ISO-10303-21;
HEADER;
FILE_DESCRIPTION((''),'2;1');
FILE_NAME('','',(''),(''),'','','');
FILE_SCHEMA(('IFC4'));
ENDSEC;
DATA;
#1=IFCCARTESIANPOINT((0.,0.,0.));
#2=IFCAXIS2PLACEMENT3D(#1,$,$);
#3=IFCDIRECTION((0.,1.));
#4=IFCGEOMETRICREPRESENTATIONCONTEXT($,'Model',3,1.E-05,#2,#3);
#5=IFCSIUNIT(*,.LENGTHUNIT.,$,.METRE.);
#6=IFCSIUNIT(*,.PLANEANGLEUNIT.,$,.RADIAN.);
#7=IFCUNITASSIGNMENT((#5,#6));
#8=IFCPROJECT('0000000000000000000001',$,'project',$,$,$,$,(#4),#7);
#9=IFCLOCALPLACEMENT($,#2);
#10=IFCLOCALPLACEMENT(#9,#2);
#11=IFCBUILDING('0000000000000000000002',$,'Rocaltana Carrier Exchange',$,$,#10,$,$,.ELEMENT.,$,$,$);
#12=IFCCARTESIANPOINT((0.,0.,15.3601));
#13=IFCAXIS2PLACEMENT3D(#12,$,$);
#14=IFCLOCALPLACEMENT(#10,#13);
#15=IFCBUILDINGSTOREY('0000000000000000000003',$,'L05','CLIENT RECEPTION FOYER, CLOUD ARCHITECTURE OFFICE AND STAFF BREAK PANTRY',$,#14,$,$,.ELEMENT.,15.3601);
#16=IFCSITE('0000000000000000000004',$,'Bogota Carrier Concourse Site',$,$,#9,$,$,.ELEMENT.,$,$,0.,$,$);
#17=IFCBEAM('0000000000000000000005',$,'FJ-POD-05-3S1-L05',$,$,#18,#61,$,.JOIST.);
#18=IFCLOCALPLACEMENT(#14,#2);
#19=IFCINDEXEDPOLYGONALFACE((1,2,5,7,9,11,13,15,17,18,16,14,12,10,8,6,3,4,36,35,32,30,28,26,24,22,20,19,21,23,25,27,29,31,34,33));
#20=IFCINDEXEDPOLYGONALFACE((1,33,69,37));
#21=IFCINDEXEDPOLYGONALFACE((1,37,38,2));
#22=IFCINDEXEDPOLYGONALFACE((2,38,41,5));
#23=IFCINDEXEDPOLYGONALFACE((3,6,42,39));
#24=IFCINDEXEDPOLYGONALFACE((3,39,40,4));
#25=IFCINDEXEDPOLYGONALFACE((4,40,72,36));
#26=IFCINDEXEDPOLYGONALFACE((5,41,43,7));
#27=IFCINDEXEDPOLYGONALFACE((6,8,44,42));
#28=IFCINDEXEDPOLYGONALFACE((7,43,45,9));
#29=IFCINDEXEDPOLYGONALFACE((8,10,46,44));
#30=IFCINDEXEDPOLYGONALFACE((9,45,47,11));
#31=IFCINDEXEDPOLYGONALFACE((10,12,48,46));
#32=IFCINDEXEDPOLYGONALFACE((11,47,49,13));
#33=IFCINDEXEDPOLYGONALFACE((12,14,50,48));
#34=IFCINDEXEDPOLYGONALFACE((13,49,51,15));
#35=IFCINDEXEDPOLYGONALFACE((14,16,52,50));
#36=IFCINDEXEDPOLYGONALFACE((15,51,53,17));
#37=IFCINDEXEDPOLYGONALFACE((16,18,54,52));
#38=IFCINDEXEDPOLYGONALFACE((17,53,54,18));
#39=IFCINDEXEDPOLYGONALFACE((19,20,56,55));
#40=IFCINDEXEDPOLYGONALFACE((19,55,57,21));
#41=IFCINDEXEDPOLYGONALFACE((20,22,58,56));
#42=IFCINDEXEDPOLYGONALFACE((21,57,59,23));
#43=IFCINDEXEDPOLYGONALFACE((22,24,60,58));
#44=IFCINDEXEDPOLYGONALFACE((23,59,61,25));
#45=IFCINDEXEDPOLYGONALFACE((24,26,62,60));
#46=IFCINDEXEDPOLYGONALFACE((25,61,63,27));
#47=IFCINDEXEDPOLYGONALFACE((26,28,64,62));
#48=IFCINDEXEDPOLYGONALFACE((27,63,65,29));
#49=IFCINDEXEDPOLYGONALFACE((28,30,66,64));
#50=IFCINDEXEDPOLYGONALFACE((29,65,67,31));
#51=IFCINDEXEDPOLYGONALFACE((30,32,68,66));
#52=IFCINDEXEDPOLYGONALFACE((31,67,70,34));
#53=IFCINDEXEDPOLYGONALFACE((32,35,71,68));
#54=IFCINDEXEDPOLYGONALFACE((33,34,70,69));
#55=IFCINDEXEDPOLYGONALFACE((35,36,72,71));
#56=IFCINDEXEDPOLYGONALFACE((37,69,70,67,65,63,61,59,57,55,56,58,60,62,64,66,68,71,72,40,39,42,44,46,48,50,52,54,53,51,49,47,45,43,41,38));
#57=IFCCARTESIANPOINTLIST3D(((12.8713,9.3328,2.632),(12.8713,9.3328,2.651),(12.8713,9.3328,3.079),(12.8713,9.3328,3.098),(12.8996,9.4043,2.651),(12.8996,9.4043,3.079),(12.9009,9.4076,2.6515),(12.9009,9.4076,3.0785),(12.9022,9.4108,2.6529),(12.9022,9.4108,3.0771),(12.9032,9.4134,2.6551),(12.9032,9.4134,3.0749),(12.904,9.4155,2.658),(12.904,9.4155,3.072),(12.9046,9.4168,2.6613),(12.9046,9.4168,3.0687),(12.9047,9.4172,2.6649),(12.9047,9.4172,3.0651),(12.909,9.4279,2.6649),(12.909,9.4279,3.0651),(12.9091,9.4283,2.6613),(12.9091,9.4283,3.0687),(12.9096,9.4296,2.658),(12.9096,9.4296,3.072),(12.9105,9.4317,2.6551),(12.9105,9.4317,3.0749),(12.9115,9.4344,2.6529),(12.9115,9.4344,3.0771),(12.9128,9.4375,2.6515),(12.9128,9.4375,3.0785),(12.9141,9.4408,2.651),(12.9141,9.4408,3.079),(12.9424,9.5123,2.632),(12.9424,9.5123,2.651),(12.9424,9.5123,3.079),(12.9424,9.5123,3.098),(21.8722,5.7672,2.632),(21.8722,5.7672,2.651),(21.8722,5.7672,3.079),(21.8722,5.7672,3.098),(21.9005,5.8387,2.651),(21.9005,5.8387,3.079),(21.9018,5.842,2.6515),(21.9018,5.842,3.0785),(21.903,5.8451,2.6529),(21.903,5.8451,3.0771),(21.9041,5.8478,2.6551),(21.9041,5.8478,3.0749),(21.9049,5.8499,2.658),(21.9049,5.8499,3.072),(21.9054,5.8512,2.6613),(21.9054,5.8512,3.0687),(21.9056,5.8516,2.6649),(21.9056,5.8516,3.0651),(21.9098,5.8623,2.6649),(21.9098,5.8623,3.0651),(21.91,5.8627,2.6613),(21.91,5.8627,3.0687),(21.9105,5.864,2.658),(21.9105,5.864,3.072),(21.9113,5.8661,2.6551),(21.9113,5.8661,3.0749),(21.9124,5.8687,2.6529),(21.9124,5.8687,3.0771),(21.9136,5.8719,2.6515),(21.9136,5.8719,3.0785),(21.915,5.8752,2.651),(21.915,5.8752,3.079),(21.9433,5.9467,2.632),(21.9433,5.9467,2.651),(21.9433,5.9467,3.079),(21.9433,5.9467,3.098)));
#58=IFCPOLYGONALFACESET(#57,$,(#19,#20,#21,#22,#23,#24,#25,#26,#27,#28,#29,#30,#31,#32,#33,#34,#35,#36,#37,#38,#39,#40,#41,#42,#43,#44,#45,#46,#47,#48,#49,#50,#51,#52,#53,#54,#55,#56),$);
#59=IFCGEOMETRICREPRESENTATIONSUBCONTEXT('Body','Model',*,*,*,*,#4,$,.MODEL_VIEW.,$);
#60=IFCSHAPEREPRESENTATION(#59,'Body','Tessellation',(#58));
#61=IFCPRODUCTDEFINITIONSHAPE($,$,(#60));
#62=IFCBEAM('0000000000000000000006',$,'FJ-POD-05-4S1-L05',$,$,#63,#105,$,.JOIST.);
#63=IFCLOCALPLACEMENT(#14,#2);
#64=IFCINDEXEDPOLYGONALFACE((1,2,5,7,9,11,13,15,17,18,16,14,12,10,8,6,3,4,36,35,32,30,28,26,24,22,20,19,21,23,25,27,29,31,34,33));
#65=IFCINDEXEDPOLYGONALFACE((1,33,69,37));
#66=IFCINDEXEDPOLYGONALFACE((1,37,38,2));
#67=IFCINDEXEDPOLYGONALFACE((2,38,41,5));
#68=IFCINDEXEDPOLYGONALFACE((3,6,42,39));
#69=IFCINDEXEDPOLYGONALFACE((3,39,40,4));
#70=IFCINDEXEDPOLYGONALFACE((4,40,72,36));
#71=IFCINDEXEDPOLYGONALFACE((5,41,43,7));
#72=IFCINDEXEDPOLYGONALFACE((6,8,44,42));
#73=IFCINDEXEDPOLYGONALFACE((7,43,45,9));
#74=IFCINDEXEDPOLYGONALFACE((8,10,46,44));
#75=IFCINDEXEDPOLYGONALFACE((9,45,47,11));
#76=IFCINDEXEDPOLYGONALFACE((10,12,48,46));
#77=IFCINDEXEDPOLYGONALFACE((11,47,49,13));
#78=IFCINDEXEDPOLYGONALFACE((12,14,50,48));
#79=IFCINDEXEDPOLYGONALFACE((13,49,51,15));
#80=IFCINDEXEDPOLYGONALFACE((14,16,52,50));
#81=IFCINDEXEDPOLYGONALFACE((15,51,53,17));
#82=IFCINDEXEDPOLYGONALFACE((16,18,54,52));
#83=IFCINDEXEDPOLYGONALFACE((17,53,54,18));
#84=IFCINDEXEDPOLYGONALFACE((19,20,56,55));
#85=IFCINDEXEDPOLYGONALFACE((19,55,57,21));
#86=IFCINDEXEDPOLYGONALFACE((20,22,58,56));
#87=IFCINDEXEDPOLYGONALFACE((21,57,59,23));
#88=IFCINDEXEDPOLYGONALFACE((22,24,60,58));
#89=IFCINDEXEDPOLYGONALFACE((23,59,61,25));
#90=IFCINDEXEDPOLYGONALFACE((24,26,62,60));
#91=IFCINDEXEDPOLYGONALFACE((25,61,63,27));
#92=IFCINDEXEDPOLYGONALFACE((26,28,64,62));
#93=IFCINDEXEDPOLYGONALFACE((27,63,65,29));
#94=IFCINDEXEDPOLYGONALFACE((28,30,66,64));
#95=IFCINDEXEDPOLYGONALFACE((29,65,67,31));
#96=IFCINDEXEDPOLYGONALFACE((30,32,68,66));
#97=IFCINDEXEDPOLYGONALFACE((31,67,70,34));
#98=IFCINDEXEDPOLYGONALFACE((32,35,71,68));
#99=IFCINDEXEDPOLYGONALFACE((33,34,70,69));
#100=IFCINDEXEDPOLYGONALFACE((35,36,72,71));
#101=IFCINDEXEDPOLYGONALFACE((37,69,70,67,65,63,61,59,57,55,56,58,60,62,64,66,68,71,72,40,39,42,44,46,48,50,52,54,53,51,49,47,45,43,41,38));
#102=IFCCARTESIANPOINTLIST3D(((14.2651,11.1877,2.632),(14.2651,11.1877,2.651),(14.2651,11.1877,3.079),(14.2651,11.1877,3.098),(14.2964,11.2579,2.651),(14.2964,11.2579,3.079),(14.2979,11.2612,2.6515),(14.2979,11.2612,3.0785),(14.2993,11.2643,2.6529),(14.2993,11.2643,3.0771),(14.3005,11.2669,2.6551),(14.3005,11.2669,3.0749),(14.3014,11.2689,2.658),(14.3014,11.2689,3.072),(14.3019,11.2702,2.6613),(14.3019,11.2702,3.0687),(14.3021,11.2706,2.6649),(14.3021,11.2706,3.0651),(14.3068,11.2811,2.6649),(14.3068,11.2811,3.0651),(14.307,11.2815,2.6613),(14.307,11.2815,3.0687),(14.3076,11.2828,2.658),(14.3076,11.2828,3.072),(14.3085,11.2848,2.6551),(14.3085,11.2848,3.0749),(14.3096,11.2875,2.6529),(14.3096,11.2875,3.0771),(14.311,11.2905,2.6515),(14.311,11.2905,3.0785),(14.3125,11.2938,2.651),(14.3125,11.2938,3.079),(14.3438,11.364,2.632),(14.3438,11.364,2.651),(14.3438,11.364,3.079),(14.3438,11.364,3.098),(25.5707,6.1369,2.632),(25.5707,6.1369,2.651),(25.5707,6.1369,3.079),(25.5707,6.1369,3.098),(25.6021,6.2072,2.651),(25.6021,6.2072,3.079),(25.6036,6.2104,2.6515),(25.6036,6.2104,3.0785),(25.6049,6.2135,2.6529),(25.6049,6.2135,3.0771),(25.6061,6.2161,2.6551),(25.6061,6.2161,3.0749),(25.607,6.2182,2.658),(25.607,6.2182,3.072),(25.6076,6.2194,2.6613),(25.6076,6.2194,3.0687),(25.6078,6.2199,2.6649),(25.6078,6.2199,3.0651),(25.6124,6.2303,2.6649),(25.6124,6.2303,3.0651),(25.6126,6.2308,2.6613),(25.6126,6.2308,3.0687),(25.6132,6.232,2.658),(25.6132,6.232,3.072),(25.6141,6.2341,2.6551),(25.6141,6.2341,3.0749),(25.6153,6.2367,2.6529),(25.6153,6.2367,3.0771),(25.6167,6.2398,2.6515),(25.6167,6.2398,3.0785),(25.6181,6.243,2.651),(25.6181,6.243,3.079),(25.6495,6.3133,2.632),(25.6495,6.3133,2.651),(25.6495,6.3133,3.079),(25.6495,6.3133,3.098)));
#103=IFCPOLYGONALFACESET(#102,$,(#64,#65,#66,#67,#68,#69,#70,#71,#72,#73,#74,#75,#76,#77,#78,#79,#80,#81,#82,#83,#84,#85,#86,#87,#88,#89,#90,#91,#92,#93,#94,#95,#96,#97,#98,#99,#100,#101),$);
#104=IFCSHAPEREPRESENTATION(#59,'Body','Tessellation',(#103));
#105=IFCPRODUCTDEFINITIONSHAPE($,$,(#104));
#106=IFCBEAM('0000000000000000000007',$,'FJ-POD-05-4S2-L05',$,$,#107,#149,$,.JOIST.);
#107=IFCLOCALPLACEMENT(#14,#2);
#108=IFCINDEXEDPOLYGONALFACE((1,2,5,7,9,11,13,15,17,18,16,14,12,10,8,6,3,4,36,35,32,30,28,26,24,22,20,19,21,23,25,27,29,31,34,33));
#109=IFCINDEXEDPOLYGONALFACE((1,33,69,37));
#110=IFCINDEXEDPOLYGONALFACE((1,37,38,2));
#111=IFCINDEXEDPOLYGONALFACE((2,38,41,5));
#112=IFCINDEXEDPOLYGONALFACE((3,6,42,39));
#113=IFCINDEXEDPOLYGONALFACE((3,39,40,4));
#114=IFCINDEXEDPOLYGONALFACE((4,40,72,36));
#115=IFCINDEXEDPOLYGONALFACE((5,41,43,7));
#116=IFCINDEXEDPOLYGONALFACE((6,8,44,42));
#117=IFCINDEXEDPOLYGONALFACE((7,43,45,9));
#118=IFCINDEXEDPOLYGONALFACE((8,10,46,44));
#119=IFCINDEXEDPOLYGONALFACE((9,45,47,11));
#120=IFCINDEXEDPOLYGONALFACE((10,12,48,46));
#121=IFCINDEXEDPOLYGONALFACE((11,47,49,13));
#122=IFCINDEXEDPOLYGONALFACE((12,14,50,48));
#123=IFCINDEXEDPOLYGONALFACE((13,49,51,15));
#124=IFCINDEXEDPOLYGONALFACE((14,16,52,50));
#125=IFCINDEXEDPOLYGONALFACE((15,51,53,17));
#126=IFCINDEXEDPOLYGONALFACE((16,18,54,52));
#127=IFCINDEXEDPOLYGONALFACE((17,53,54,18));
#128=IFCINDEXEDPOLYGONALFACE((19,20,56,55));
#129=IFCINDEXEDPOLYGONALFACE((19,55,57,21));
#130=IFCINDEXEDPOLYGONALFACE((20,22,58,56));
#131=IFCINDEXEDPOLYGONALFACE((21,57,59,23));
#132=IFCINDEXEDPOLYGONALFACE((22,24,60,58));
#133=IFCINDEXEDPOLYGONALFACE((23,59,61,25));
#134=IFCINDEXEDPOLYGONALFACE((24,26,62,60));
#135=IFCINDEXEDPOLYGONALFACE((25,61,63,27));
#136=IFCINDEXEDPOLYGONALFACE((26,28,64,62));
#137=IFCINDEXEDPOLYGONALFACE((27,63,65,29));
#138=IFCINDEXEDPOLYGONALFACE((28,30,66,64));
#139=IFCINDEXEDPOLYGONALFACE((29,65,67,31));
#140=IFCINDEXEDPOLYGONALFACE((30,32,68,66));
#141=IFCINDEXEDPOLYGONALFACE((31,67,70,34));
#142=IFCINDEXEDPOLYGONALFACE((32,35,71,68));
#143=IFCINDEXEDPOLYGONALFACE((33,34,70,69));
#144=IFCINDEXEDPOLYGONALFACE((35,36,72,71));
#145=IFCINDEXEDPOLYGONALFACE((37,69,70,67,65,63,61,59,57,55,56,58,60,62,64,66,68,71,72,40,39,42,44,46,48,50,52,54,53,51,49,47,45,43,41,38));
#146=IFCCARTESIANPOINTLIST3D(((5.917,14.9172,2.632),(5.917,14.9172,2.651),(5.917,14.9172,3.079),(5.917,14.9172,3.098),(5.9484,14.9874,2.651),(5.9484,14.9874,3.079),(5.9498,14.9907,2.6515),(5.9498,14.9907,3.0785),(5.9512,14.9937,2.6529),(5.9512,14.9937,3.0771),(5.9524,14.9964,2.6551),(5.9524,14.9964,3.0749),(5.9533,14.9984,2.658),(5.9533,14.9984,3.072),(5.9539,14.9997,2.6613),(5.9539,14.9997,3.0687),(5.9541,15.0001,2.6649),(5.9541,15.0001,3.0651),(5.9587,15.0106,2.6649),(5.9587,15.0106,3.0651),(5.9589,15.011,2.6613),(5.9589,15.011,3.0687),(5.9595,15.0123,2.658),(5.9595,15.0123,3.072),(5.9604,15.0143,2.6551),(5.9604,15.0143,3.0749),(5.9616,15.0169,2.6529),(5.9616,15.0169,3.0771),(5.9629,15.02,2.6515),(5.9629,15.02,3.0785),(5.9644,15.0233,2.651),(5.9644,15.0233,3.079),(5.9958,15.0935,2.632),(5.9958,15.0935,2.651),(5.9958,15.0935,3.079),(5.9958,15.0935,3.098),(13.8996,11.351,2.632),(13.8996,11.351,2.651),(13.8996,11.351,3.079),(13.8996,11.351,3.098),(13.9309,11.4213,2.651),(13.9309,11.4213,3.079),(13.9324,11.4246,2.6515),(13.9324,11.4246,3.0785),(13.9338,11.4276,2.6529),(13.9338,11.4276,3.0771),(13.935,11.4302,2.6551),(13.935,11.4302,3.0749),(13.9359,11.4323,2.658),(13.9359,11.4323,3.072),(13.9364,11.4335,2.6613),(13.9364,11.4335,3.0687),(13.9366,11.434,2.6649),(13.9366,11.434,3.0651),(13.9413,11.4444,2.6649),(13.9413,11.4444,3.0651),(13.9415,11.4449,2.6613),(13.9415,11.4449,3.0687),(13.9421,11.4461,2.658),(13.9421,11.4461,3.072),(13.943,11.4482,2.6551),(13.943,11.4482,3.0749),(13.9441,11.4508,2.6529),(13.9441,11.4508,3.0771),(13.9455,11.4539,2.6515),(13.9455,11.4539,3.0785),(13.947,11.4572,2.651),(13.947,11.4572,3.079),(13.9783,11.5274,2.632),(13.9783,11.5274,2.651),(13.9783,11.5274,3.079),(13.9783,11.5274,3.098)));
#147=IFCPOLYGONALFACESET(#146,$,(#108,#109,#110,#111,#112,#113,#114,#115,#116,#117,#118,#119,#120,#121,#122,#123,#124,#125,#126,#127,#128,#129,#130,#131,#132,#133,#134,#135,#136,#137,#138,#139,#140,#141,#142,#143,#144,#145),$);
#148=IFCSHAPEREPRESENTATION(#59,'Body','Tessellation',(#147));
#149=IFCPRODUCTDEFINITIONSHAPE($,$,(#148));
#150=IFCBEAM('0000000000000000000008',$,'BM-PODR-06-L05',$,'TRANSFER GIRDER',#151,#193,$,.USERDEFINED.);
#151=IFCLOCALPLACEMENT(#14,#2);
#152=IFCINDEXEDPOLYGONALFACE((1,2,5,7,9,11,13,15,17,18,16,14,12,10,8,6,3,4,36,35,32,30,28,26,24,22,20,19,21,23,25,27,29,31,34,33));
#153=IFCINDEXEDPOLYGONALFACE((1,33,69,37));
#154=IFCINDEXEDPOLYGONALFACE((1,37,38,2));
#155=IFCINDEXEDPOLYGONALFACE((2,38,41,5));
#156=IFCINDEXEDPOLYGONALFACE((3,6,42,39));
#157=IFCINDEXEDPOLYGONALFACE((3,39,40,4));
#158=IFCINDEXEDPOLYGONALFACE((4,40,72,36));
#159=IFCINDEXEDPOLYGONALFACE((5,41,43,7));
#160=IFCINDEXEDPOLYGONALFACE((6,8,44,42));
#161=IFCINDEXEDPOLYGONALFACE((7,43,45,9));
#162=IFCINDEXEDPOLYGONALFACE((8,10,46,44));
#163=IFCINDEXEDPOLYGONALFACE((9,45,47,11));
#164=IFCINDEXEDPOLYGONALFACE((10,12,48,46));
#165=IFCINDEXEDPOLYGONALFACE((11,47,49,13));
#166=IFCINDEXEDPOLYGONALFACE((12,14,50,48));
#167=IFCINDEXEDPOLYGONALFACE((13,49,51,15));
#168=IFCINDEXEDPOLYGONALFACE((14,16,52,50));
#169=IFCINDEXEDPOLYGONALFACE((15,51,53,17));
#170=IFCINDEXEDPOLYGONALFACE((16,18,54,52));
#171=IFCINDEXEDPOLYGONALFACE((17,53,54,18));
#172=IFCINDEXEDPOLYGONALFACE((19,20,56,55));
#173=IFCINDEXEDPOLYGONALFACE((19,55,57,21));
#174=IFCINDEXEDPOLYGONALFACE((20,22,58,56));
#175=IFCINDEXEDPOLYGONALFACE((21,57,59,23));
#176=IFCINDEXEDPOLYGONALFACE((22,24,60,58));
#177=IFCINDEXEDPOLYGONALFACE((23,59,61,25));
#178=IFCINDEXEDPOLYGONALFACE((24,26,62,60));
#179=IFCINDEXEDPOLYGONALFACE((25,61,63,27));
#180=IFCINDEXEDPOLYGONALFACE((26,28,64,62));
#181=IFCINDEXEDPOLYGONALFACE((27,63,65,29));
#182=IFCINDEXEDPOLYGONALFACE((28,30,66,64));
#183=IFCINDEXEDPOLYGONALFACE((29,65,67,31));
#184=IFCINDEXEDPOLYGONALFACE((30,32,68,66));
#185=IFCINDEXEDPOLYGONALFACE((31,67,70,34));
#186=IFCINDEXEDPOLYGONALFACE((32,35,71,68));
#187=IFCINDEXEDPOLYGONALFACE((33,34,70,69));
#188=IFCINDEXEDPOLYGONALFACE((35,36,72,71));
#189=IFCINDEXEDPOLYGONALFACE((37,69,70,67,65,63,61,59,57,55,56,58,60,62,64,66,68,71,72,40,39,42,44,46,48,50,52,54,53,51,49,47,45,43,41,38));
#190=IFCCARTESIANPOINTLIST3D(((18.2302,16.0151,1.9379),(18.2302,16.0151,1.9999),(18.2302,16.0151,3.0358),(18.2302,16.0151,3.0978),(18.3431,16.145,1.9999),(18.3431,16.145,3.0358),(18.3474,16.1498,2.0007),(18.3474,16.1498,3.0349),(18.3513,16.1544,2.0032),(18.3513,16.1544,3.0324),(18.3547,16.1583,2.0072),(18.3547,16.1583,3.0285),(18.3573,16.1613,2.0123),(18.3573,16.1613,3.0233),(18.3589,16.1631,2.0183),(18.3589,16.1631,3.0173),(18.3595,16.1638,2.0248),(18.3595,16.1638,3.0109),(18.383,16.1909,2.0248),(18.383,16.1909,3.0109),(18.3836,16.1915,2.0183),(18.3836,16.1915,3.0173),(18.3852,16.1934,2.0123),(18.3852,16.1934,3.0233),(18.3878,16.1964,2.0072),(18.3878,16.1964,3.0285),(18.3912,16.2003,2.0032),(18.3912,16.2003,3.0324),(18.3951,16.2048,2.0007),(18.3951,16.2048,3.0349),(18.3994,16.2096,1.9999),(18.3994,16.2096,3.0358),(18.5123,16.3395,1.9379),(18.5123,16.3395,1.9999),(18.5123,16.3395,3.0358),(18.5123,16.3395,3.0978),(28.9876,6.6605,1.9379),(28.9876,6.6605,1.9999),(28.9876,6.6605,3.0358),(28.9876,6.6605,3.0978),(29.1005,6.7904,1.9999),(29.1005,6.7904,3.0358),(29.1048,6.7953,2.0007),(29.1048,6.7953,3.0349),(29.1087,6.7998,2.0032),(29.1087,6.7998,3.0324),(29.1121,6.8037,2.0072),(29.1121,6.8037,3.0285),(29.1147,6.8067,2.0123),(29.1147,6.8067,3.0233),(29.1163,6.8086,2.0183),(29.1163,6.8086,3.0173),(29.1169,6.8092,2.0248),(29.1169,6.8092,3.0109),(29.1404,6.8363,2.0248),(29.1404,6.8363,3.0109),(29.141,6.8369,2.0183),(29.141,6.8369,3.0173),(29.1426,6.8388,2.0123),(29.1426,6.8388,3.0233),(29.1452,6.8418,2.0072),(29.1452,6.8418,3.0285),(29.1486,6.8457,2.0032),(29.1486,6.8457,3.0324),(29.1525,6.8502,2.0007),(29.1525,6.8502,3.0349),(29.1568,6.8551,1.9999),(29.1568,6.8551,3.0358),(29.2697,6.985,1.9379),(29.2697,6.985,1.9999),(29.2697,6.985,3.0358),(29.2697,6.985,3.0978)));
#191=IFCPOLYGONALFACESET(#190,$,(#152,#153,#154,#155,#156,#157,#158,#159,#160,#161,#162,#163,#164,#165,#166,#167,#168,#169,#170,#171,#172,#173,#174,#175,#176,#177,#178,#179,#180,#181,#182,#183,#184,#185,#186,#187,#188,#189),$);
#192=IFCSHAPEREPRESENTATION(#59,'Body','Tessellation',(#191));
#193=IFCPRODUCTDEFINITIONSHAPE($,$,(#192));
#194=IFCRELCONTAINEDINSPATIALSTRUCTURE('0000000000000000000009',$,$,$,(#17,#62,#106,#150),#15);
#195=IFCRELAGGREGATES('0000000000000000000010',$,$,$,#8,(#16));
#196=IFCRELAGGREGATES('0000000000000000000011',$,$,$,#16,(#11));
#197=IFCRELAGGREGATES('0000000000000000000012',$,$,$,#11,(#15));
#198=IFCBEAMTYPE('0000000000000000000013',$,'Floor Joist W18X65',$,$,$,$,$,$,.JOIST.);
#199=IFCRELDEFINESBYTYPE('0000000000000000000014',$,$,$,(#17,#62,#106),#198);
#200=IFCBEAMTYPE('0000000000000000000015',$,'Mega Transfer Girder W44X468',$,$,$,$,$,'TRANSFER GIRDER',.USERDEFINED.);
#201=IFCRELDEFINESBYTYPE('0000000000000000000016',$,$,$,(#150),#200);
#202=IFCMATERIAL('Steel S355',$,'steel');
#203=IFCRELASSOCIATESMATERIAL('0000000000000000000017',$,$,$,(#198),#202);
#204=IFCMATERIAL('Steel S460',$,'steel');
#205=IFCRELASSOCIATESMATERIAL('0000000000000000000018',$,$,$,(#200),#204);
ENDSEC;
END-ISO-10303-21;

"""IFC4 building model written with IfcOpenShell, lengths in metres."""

from ifc_helpers import new_model, si_unit, direction, frame, origin, origin_2d, place, context, subcontext, project, spatial, i_section, extrude, material, material_profile, profile_set, type_object, element, save


model = new_model("IFC4")

# Units and contexts
model_context = context("Model", 3, precision=1e-05, world=origin(), true_north=direction((0.0, 1.0)))
body_context = subcontext(model_context, "Body", "Model", "MODEL_VIEW")
ifc_project = project(units=[si_unit("LENGTHUNIT", "METRE"), si_unit("PLANEANGLEUNIT", "RADIAN")], contexts=[model_context])

# Site, building, storey
site_placement = place(None, origin())
site = spatial("IfcSite", under=ifc_project, at=site_placement, Name="Bogota Carrier Concourse Site", CompositionType="ELEMENT", RefElevation=0.0)
building_placement = place(site_placement, origin())
building = spatial("IfcBuilding", under=site, at=building_placement, Name="Rocaltana Carrier Exchange", CompositionType="ELEMENT")
storey_placement = place(building_placement, frame((0.0, 0.0, 15.3601)))
storey = spatial("IfcBuildingStorey", under=building, at=storey_placement, Name="L05", Description="CLIENT RECEPTION FOYER, CLOUD ARCHITECTURE OFFICE AND STAFF BREAK PANTRY", CompositionType="ELEMENT", Elevation=15.3601)

# Beams
ifc_material_1 = material(Name="Steel S355", Category="steel")
ifc_material_profile_1 = material_profile(ifc_material_1, i_section(OverallWidth=0.1931, OverallDepth=0.4661, WebThickness=0.0115, FlangeThickness=0.019, FilletRadius=0.0139, at=origin_2d()), Name="W18X65")
ifc_profile_set_1 = profile_set([ifc_material_profile_1], Name="Steel S355")
beam_type_1 = type_object("IfcBeamType", Name="Floor Joist W18X65", PredefinedType="JOIST", material=ifc_profile_set_1)
beam_1_placement = place(storey_placement, frame((21.9077, 5.8569, 2.865), z_axis=(-0.929708, 0.368297, 0.0), x_axis=(-0.368297, -0.929708, 0.0)))
element("IfcBeam", 1, at=beam_1_placement, inside=storey, type_object=beam_type_1, Name="FJ-POD-05-3S1-L05", PredefinedType="JOIST", context=body_context, shape_type="SweptSolid", body=[
    extrude(i_section(OverallWidth=0.1931, OverallDepth=0.4661, WebThickness=0.0115, FlangeThickness=0.019, FilletRadius=0.0139, at=origin_2d()), origin(), (0.0, 0.0, 1.0), 9.6814),
])
beam_2_placement = place(storey_placement, frame((25.6101, 6.2251, 2.865), z_axis=(-0.913029, 0.407894, 0.0), x_axis=(-0.407894, -0.913029, 0.0)))
element("IfcBeam", 2, at=beam_2_placement, inside=storey, type_object=beam_type_1, Name="FJ-POD-05-4S1-L05", PredefinedType="JOIST", context=body_context, shape_type="SweptSolid", body=[
    extrude(i_section(OverallWidth=0.1931, OverallDepth=0.4661, WebThickness=0.0115, FlangeThickness=0.019, FilletRadius=0.0139, at=origin_2d()), origin(), (0.0, 0.0, 1.0), 12.3826),
])
beam_3_placement = place(storey_placement, frame((13.939, 11.4392, 2.865), z_axis=(-0.913033, 0.407887, 0.0), x_axis=(-0.407887, -0.913033, 0.0)))
element("IfcBeam", 3, at=beam_3_placement, inside=storey, type_object=beam_type_1, Name="FJ-POD-05-4S2-L05", PredefinedType="JOIST", context=body_context, shape_type="SweptSolid", body=[
    extrude(i_section(OverallWidth=0.1931, OverallDepth=0.4661, WebThickness=0.0115, FlangeThickness=0.019, FilletRadius=0.0139, at=origin_2d()), origin(), (0.0, 0.0, 1.0), 8.7429),
])
ifc_material_2 = material(Name="Steel S460", Category="steel")
ifc_material_profile_2 = material_profile(ifc_material_2, i_section(OverallWidth=0.4299, OverallDepth=1.1599, WebThickness=0.0359, FlangeThickness=0.062, FilletRadius=0.0249, at=origin_2d()), Name="W44X468")
ifc_profile_set_2 = profile_set([ifc_material_profile_2], Name="Steel S460")
beam_type_2 = type_object("IfcBeamType", Name="Mega Transfer Girder W44X468", ElementType="TRANSFER GIRDER", PredefinedType="USERDEFINED", material=ifc_profile_set_2)
beam_4_placement = place(storey_placement, frame((29.1287, 6.8228, 2.5178), z_axis=(-0.754595, 0.656191, 0.0), x_axis=(-0.656191, -0.754595, 0.0)))
element("IfcBeam", 4, at=beam_4_placement, inside=storey, type_object=beam_type_2, Name="BM-PODR-06-L05", ObjectType="TRANSFER GIRDER", PredefinedType="USERDEFINED", context=body_context, shape_type="SweptSolid", body=[
    extrude(i_section(OverallWidth=0.4299, OverallDepth=1.1599, WebThickness=0.0359, FlangeThickness=0.062, FilletRadius=0.0249, at=origin_2d()), origin(), (0.0, 0.0, 1.0), 14.2559),
])

save(model, "model.ifc")
